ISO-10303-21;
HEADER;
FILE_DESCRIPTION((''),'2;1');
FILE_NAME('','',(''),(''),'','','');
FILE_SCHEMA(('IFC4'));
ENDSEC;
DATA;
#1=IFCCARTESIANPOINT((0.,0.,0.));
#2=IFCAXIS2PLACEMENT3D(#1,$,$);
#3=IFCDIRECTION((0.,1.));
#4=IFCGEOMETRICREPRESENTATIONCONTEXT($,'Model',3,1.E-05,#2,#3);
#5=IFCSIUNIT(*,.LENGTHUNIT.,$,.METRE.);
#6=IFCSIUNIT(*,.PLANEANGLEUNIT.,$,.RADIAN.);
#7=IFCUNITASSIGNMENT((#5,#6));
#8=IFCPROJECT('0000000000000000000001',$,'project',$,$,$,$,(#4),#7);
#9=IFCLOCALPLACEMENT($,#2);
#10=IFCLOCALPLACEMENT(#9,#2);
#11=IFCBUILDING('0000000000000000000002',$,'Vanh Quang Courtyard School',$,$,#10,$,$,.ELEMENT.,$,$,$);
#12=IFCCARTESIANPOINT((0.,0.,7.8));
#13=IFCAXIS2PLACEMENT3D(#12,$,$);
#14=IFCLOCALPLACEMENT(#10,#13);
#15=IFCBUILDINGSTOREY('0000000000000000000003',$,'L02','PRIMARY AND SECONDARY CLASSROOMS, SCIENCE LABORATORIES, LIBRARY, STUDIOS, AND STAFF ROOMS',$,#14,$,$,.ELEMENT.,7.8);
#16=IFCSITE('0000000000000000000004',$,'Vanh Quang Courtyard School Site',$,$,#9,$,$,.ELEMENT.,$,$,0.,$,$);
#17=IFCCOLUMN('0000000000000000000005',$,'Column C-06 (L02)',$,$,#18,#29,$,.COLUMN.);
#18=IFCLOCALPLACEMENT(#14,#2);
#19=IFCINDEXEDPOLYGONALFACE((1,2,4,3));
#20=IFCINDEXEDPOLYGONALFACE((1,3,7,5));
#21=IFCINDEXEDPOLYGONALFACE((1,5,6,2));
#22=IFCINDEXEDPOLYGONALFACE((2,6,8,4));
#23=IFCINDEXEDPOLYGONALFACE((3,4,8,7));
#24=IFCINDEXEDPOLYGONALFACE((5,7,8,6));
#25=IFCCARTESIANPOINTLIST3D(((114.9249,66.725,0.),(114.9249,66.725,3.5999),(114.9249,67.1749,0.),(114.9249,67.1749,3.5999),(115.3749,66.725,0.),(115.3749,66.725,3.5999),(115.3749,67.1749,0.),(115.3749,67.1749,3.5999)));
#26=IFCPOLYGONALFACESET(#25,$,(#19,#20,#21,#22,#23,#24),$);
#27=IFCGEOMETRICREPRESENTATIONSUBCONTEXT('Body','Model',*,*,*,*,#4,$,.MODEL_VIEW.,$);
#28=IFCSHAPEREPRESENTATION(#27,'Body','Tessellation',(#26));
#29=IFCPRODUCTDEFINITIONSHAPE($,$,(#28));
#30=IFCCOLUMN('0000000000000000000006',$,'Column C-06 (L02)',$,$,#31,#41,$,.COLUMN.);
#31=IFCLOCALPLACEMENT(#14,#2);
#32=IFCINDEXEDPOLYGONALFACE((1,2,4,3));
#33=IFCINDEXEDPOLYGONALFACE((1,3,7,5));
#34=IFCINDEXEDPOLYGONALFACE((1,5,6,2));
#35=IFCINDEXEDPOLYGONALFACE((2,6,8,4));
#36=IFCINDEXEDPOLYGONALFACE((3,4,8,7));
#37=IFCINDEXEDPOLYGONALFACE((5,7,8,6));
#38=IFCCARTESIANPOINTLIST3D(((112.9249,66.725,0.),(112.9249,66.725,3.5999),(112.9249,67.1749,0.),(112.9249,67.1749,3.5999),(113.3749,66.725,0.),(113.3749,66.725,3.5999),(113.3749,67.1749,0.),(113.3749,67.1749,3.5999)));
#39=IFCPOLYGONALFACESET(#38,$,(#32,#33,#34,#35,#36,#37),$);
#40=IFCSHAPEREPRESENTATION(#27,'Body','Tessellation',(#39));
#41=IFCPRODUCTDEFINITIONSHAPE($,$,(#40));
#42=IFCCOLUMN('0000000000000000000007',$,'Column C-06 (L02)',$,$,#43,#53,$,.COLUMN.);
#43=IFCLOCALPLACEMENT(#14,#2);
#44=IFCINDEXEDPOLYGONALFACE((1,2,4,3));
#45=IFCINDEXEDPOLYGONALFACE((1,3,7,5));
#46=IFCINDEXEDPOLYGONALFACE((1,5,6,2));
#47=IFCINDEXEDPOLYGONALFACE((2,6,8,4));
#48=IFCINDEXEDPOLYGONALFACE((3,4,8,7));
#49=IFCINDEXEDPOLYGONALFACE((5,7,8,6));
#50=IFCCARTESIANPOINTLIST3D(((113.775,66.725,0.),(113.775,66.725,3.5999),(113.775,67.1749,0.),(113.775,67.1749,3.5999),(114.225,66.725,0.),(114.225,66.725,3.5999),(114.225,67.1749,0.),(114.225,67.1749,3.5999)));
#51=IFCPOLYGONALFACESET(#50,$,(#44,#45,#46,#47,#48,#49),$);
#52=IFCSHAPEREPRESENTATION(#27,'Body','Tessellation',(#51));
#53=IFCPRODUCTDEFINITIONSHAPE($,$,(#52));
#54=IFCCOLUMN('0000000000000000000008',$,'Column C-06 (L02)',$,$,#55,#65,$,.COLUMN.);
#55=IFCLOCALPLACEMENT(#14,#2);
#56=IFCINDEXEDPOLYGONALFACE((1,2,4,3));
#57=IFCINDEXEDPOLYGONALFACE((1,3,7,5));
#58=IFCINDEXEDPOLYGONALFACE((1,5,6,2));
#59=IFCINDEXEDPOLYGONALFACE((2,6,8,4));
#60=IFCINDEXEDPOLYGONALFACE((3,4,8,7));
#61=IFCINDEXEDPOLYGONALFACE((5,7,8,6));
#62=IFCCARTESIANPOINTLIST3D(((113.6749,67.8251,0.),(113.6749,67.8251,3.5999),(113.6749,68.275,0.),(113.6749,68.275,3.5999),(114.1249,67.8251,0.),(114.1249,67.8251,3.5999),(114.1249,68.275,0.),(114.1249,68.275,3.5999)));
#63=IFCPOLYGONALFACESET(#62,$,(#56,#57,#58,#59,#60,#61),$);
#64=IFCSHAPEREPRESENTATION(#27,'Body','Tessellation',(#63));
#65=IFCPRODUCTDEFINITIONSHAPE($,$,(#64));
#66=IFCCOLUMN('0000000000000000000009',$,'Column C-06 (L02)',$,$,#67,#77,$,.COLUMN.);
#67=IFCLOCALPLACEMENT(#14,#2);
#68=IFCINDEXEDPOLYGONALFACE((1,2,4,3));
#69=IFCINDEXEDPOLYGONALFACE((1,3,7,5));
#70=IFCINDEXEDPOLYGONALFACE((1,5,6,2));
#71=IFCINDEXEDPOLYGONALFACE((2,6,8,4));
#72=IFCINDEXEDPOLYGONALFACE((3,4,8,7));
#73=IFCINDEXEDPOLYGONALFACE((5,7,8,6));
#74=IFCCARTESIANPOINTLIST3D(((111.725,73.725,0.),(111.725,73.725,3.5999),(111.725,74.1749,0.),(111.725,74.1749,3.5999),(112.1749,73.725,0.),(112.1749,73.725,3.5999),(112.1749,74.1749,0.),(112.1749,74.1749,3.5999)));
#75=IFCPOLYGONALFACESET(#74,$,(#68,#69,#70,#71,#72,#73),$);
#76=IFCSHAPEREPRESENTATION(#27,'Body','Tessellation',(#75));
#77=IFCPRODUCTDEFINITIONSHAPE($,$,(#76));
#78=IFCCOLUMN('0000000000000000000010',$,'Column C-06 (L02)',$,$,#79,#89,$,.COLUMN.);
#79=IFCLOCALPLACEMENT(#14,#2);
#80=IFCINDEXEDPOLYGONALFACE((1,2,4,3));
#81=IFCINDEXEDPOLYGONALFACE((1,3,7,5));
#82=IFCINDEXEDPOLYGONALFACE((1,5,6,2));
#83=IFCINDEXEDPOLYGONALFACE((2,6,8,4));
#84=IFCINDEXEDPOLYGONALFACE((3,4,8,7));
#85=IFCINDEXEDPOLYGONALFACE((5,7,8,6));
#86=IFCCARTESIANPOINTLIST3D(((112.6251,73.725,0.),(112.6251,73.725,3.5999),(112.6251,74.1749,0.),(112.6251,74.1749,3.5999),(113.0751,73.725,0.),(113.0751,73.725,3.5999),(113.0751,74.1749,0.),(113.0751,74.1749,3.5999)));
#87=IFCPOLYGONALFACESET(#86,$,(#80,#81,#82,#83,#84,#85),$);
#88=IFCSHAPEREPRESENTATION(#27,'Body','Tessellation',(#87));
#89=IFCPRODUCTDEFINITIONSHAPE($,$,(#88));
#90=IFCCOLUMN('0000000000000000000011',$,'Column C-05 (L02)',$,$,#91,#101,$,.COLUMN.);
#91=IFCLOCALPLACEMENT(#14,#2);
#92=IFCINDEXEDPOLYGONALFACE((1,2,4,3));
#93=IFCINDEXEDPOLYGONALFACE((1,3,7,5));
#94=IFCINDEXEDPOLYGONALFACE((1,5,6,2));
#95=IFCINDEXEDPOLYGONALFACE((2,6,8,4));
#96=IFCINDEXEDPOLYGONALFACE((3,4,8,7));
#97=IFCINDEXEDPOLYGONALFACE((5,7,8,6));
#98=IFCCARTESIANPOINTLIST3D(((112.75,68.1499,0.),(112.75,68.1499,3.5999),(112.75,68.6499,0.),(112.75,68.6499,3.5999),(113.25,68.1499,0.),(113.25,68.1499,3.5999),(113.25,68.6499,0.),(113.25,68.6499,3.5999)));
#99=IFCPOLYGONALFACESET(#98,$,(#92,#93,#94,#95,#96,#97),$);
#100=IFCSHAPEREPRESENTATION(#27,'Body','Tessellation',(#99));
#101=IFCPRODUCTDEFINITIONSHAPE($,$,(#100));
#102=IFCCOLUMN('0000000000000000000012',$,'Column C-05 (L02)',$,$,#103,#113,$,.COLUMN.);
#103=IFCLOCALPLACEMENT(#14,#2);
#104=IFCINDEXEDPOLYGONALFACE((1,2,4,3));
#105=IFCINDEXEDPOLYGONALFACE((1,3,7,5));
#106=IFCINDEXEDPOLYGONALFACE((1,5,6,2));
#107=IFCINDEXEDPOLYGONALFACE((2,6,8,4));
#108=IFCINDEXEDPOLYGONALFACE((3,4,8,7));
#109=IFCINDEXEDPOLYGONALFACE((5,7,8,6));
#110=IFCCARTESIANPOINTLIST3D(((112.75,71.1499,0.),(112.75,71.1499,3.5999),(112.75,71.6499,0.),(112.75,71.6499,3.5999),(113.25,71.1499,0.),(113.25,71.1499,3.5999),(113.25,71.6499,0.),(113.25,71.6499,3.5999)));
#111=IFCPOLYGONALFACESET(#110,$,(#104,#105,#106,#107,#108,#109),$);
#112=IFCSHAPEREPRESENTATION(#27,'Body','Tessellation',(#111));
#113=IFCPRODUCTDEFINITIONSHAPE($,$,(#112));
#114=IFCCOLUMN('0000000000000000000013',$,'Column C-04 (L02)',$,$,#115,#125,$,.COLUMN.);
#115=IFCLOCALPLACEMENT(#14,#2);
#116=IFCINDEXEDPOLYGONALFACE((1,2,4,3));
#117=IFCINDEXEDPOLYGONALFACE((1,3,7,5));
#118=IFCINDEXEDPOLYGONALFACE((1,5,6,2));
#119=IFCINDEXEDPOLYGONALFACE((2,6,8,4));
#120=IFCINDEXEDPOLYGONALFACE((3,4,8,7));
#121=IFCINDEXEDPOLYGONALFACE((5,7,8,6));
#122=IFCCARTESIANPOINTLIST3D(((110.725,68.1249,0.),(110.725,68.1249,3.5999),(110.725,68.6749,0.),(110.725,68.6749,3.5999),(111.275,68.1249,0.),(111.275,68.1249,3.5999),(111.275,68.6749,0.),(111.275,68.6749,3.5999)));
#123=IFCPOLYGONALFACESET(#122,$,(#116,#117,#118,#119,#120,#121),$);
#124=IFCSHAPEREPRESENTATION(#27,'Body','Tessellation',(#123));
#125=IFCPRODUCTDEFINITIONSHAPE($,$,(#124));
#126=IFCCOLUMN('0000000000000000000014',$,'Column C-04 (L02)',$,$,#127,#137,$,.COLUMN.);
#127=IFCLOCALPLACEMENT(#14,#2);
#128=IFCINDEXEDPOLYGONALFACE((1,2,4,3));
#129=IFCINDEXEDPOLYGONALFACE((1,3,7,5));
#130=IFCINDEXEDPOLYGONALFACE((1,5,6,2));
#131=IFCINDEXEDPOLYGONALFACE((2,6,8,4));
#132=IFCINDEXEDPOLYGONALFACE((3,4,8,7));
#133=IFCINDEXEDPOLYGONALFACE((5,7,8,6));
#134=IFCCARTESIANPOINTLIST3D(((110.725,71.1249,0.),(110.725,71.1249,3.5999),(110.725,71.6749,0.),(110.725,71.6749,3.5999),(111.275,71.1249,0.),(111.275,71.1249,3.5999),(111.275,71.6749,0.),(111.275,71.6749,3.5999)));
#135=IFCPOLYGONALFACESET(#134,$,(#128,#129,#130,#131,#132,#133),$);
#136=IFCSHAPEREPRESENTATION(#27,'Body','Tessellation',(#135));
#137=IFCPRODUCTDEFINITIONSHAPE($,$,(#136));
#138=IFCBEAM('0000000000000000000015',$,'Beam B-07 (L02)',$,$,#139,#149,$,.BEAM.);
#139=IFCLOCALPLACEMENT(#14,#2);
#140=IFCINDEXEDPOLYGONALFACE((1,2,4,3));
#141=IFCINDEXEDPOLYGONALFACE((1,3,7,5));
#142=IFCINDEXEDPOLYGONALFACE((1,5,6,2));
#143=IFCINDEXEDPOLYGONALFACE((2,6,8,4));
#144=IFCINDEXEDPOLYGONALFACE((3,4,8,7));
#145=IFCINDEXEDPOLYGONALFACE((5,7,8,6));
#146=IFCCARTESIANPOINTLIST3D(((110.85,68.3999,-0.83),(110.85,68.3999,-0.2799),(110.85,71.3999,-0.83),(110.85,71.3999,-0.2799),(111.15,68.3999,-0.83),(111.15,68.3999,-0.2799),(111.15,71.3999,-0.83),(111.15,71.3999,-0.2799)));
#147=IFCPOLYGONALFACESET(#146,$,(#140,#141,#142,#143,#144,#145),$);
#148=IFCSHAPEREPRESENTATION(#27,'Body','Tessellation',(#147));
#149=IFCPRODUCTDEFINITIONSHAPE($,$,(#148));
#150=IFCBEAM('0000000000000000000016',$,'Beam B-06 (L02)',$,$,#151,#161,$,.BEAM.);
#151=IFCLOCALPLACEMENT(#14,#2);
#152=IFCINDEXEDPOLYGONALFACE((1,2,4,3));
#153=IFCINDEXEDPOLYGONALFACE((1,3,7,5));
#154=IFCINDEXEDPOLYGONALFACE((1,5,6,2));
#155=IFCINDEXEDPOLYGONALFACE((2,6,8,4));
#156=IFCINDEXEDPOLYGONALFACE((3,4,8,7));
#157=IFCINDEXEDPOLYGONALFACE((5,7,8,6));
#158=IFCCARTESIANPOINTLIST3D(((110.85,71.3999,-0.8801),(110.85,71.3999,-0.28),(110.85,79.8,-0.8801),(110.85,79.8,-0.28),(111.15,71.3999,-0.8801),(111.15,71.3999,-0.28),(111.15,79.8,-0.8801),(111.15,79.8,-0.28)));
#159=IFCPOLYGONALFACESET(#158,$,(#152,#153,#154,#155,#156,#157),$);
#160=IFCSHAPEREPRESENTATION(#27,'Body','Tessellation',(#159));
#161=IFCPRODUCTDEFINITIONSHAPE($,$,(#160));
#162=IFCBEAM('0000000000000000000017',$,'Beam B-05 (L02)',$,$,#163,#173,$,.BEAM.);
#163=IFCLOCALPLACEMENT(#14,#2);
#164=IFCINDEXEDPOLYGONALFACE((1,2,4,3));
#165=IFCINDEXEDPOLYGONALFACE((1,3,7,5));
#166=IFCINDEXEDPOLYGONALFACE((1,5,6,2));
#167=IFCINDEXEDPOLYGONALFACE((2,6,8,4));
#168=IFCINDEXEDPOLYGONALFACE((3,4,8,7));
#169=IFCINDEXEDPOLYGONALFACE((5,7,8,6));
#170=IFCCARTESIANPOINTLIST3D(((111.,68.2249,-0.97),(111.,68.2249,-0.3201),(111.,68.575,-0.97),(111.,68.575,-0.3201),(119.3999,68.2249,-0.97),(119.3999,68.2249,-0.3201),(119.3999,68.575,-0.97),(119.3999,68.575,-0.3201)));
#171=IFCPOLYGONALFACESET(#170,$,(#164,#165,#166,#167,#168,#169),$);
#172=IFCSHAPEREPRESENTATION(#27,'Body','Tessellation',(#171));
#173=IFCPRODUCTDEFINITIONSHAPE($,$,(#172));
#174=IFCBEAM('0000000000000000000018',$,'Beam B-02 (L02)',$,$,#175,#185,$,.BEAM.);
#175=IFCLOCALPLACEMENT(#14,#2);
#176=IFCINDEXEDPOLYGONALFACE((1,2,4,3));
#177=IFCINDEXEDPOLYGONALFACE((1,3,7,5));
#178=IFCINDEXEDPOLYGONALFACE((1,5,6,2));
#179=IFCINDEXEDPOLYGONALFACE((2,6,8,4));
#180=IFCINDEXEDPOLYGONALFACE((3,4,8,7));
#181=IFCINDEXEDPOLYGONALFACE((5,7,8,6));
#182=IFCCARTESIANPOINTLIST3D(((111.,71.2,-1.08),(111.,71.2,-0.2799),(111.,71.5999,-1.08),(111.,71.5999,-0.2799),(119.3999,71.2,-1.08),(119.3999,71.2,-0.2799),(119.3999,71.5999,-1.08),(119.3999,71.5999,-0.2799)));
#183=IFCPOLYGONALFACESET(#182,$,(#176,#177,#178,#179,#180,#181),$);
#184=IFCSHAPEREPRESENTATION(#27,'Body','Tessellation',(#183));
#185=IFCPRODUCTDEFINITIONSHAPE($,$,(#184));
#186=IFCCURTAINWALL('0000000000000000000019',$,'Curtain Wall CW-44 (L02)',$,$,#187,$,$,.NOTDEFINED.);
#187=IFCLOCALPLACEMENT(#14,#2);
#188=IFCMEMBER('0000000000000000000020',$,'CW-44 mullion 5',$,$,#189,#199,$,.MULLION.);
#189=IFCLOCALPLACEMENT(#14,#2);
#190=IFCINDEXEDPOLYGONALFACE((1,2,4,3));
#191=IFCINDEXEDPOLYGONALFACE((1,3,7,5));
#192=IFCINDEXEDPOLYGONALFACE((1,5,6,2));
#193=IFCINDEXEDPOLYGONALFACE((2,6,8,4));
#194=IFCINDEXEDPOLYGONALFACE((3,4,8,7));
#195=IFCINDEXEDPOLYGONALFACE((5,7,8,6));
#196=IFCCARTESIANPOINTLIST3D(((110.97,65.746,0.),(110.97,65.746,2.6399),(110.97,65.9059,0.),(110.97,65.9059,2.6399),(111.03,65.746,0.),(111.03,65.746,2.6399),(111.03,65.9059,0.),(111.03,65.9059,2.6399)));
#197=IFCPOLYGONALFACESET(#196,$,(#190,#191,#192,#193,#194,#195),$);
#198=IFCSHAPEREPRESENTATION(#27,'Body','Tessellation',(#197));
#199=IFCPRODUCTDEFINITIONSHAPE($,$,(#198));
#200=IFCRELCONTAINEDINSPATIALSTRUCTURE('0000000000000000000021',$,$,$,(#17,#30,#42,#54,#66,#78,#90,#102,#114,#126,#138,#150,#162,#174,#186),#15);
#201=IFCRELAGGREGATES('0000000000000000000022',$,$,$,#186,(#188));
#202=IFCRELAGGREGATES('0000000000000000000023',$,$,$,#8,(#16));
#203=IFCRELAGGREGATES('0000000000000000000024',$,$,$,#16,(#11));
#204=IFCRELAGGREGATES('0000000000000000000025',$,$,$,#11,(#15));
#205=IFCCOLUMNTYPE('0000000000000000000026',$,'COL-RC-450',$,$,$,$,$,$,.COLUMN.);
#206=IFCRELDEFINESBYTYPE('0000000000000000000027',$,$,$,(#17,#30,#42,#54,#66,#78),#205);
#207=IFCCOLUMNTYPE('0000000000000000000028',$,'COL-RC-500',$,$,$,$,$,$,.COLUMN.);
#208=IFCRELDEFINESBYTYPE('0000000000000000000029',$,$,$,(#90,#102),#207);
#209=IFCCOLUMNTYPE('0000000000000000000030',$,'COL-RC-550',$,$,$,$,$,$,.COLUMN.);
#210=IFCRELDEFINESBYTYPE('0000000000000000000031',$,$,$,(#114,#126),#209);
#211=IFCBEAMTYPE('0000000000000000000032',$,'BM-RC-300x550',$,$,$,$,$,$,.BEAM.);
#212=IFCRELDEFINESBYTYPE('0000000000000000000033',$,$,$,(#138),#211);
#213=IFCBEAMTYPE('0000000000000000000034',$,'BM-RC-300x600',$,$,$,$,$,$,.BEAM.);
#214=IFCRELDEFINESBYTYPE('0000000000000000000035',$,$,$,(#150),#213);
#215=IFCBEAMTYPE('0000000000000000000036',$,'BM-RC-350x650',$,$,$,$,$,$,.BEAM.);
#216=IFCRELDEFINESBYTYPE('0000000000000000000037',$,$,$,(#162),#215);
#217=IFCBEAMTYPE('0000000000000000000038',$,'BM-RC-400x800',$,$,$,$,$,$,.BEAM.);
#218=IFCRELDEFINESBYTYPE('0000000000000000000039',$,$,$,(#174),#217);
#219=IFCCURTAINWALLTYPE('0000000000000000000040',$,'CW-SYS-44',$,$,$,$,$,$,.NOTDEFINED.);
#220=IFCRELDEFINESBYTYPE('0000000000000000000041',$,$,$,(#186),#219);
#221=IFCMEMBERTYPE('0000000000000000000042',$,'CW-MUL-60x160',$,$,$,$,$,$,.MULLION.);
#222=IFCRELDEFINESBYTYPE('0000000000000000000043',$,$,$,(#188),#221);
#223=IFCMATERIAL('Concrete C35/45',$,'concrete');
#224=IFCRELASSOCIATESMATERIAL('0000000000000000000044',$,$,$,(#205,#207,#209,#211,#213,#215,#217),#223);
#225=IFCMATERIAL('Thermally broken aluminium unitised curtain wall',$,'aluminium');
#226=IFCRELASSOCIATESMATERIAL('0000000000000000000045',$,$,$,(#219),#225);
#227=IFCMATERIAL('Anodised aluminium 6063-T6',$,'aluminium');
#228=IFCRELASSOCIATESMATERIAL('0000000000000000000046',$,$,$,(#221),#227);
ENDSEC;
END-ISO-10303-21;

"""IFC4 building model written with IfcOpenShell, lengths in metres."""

from ifc_helpers import new_model, si_unit, direction, frame, origin, origin_2d, place, context, subcontext, project, spatial, rectangle, extrude, material, material_profile, profile_set, type_object, element, aggregate, save


model = new_model("IFC4")

# Units and contexts
model_context = context("Model", 3, precision=1e-05, world=origin(), true_north=direction((0.0, 1.0)))
body_context = subcontext(model_context, "Body", "Model", "MODEL_VIEW")
ifc_project = project(units=[si_unit("LENGTHUNIT", "METRE"), si_unit("PLANEANGLEUNIT", "RADIAN")], contexts=[model_context])

# Site, building, storey
site_placement = place(None, origin())
site = spatial("IfcSite", under=ifc_project, at=site_placement, Name="Vanh Quang Courtyard School Site", CompositionType="ELEMENT", RefElevation=0.0)
building_placement = place(site_placement, origin())
building = spatial("IfcBuilding", under=site, at=building_placement, Name="Vanh Quang Courtyard School", CompositionType="ELEMENT")
storey_placement = place(building_placement, frame((0.0, 0.0, 7.8)))
storey = spatial("IfcBuildingStorey", under=building, at=storey_placement, Name="L02", Description="PRIMARY AND SECONDARY CLASSROOMS, SCIENCE LABORATORIES, LIBRARY, STUDIOS, AND STAFF ROOMS", CompositionType="ELEMENT", Elevation=7.8)

# Columns
ifc_material_1 = material(Name="Concrete C35/45", Category="concrete")
ifc_material_profile_1 = material_profile(ifc_material_1, rectangle(XDim=0.45, YDim=0.45, at=origin_2d()), Name="RC-COL 450x450")
ifc_profile_set_1 = profile_set([ifc_material_profile_1], Name="Concrete C35/45")
column_type_1 = type_object("IfcColumnType", Name="COL-RC-450", PredefinedType="COLUMN", material=ifc_profile_set_1)
for number, where, z_axis, x_axis, name in (
    (1, (115.1499, 66.95, 0.0), (0.0, 0.0, 1.0), (1.0, 0.0, 0.0), "Column C-06 (L02)"),
    (2, (113.1499, 66.95, 0.0), (0.0, 0.0, 1.0), (1.0, 0.0, 0.0), "Column C-06 (L02)"),
    (3, (114.0, 66.95, 0.0), (0.0, 0.0, 1.0), (1.0, 0.0, 0.0), "Column C-06 (L02)"),
    (4, (113.8999, 68.05, 0.0), (0.0, 0.0, 1.0), (1.0, 0.0, 0.0), "Column C-06 (L02)"),
    (5, (111.95, 73.95, 0.0), (0.0, 0.0, 1.0), (1.0, 0.0, 0.0), "Column C-06 (L02)"),
    (6, (112.8501, 73.95, 0.0), (0.0, 0.0, 1.0), (1.0, 0.0, 0.0), "Column C-06 (L02)"),
):
    element("IfcColumn", number, at=place(storey_placement, frame(where, z_axis=z_axis, x_axis=x_axis)), inside=storey, type_object=column_type_1, Name=name, PredefinedType="COLUMN", context=body_context, shape_type="SweptSolid", body=[
        extrude(rectangle(XDim=0.45, YDim=0.45, at=origin_2d()), origin(), (0.0, 0.0, 1.0), 3.5999),
    ])
ifc_material_profile_2 = material_profile(ifc_material_1, rectangle(XDim=0.5, YDim=0.5, at=origin_2d()), Name="RC-COL 500x500")
ifc_profile_set_2 = profile_set([ifc_material_profile_2], Name="Concrete C35/45")
column_type_2 = type_object("IfcColumnType", Name="COL-RC-500", PredefinedType="COLUMN", material=ifc_profile_set_2)
for number, where, z_axis, x_axis, name in (
    (7, (113.0, 68.3999, 0.0), (0.0, 0.0, 1.0), (1.0, 0.0, 0.0), "Column C-05 (L02)"),
    (8, (113.0, 71.3999, 0.0), (0.0, 0.0, 1.0), (1.0, 0.0, 0.0), "Column C-05 (L02)"),
):
    element("IfcColumn", number, at=place(storey_placement, frame(where, z_axis=z_axis, x_axis=x_axis)), inside=storey, type_object=column_type_2, Name=name, PredefinedType="COLUMN", context=body_context, shape_type="SweptSolid", body=[
        extrude(rectangle(XDim=0.5, YDim=0.5, at=origin_2d()), origin(), (0.0, 0.0, 1.0), 3.5999),
    ])
ifc_material_profile_3 = material_profile(ifc_material_1, rectangle(XDim=0.55, YDim=0.55, at=origin_2d()), Name="RC-COL 550x550")
ifc_profile_set_3 = profile_set([ifc_material_profile_3], Name="Concrete C35/45")
column_type_3 = type_object("IfcColumnType", Name="COL-RC-550", PredefinedType="COLUMN", material=ifc_profile_set_3)
for number, where, z_axis, x_axis, name in (
    (9, (111.0, 68.3999, 0.0), (0.0, 0.0, 1.0), (1.0, 0.0, 0.0), "Column C-04 (L02)"),
    (10, (111.0, 71.3999, 0.0), (0.0, 0.0, 1.0), (1.0, 0.0, 0.0), "Column C-04 (L02)"),
):
    element("IfcColumn", number, at=place(storey_placement, frame(where, z_axis=z_axis, x_axis=x_axis)), inside=storey, type_object=column_type_3, Name=name, PredefinedType="COLUMN", context=body_context, shape_type="SweptSolid", body=[
        extrude(rectangle(XDim=0.55, YDim=0.55, at=origin_2d()), origin(), (0.0, 0.0, 1.0), 3.5999),
    ])

# Beams
ifc_material_profile_4 = material_profile(ifc_material_1, rectangle(XDim=0.3, YDim=0.55, at=origin_2d()), Name="RC-BM 300x550")
ifc_profile_set_4 = profile_set([ifc_material_profile_4], Name="Concrete C35/45")
beam_type_1 = type_object("IfcBeamType", Name="BM-RC-300x550", PredefinedType="BEAM", material=ifc_profile_set_4)
beam_1_placement = place(storey_placement, frame((111.0, 68.3999, -0.5549), z_axis=(0.0, 1.0, 0.0), x_axis=(-1.0, 0.0, 0.0)))
element("IfcBeam", 11, at=beam_1_placement, inside=storey, type_object=beam_type_1, Name="Beam B-07 (L02)", PredefinedType="BEAM", context=body_context, shape_type="SweptSolid", body=[
    extrude(rectangle(XDim=0.3, YDim=0.55, at=origin_2d()), origin(), (0.0, 0.0, 1.0), 3.0),
])
ifc_material_profile_5 = material_profile(ifc_material_1, rectangle(XDim=0.3, YDim=0.6001, at=origin_2d()), Name="RC-BM 300x600")
ifc_profile_set_5 = profile_set([ifc_material_profile_5], Name="Concrete C35/45")
beam_type_2 = type_object("IfcBeamType", Name="BM-RC-300x600", PredefinedType="BEAM", material=ifc_profile_set_5)
beam_2_placement = place(storey_placement, frame((111.0, 71.3999, -0.5801), z_axis=(0.0, 1.0, 0.0), x_axis=(-1.0, 0.0, 0.0)))
element("IfcBeam", 12, at=beam_2_placement, inside=storey, type_object=beam_type_2, Name="Beam B-06 (L02)", PredefinedType="BEAM", context=body_context, shape_type="SweptSolid", body=[
    extrude(rectangle(XDim=0.3, YDim=0.6001, at=origin_2d()), origin(), (0.0, 0.0, 1.0), 8.4001),
])
ifc_material_profile_6 = material_profile(ifc_material_1, rectangle(XDim=0.3501, YDim=0.6499, at=origin_2d()), Name="RC-BM 350x650")
ifc_profile_set_6 = profile_set([ifc_material_profile_6], Name="Concrete C35/45")
beam_type_3 = type_object("IfcBeamType", Name="BM-RC-350x650", PredefinedType="BEAM", material=ifc_profile_set_6)
beam_3_placement = place(storey_placement, frame((111.0, 68.3999, -0.645), z_axis=(1.0, 0.0, 0.0), x_axis=(0.0, 1.0, 0.0)))
element("IfcBeam", 13, at=beam_3_placement, inside=storey, type_object=beam_type_3, Name="Beam B-05 (L02)", PredefinedType="BEAM", context=body_context, shape_type="SweptSolid", body=[
    extrude(rectangle(XDim=0.3501, YDim=0.6499, at=origin_2d()), origin(), (0.0, 0.0, 1.0), 8.3999),
])
ifc_material_profile_7 = material_profile(ifc_material_1, rectangle(XDim=0.3999, YDim=0.8, at=origin_2d()), Name="RC-BM 400x800")
ifc_profile_set_7 = profile_set([ifc_material_profile_7], Name="Concrete C35/45")
beam_type_4 = type_object("IfcBeamType", Name="BM-RC-400x800", PredefinedType="BEAM", material=ifc_profile_set_7)
beam_4_placement = place(storey_placement, frame((111.0, 71.3999, -0.6799), z_axis=(1.0, 0.0, 0.0), x_axis=(0.0, 1.0, 0.0)))
element("IfcBeam", 14, at=beam_4_placement, inside=storey, type_object=beam_type_4, Name="Beam B-02 (L02)", PredefinedType="BEAM", context=body_context, shape_type="SweptSolid", body=[
    extrude(rectangle(XDim=0.3999, YDim=0.8, at=origin_2d()), origin(), (0.0, 0.0, 1.0), 8.3999),
])

# Curtain wall, member
ifc_material_2 = material(Name="Thermally broken aluminium unitised curtain wall", Category="aluminium")
curtain_wall_type = type_object("IfcCurtainWallType", Name="CW-SYS-44", PredefinedType="NOTDEFINED", material=ifc_material_2)
curtain_wall_placement = place(storey_placement, origin())
curtain_wall = element("IfcCurtainWall", 15, at=curtain_wall_placement, inside=storey, type_object=curtain_wall_type, Name="Curtain Wall CW-44 (L02)", PredefinedType="NOTDEFINED")
ifc_material_3 = material(Name="Anodised aluminium 6063-T6", Category="aluminium")
ifc_material_profile_8 = material_profile(ifc_material_3, rectangle(XDim=0.0601, YDim=0.1599, at=origin_2d()), Name="ALU-MUL 60x160")
ifc_profile_set_8 = profile_set([ifc_material_profile_8], Name="Anodised aluminium 6063-T6")
member_type_1 = type_object("IfcMemberType", Name="CW-MUL-60x160", PredefinedType="MULLION", material=ifc_profile_set_8)
member_1_placement = place(storey_placement, frame((111.0, 65.8259, 0.0), z_axis=(0.0, 0.0, 1.0), x_axis=(-1.0, 0.0, 0.0)))
member_1 = element("IfcMember", 16, at=member_1_placement, type_object=member_type_1, Name="CW-44 mullion 5", PredefinedType="MULLION", context=body_context, shape_type="SweptSolid", body=[
    extrude(rectangle(XDim=0.0601, YDim=0.1599, at=origin_2d()), origin(), (0.0, 0.0, 1.0), 2.6399),
])

aggregate(curtain_wall, [member_1])

save(model, "model.ifc")
